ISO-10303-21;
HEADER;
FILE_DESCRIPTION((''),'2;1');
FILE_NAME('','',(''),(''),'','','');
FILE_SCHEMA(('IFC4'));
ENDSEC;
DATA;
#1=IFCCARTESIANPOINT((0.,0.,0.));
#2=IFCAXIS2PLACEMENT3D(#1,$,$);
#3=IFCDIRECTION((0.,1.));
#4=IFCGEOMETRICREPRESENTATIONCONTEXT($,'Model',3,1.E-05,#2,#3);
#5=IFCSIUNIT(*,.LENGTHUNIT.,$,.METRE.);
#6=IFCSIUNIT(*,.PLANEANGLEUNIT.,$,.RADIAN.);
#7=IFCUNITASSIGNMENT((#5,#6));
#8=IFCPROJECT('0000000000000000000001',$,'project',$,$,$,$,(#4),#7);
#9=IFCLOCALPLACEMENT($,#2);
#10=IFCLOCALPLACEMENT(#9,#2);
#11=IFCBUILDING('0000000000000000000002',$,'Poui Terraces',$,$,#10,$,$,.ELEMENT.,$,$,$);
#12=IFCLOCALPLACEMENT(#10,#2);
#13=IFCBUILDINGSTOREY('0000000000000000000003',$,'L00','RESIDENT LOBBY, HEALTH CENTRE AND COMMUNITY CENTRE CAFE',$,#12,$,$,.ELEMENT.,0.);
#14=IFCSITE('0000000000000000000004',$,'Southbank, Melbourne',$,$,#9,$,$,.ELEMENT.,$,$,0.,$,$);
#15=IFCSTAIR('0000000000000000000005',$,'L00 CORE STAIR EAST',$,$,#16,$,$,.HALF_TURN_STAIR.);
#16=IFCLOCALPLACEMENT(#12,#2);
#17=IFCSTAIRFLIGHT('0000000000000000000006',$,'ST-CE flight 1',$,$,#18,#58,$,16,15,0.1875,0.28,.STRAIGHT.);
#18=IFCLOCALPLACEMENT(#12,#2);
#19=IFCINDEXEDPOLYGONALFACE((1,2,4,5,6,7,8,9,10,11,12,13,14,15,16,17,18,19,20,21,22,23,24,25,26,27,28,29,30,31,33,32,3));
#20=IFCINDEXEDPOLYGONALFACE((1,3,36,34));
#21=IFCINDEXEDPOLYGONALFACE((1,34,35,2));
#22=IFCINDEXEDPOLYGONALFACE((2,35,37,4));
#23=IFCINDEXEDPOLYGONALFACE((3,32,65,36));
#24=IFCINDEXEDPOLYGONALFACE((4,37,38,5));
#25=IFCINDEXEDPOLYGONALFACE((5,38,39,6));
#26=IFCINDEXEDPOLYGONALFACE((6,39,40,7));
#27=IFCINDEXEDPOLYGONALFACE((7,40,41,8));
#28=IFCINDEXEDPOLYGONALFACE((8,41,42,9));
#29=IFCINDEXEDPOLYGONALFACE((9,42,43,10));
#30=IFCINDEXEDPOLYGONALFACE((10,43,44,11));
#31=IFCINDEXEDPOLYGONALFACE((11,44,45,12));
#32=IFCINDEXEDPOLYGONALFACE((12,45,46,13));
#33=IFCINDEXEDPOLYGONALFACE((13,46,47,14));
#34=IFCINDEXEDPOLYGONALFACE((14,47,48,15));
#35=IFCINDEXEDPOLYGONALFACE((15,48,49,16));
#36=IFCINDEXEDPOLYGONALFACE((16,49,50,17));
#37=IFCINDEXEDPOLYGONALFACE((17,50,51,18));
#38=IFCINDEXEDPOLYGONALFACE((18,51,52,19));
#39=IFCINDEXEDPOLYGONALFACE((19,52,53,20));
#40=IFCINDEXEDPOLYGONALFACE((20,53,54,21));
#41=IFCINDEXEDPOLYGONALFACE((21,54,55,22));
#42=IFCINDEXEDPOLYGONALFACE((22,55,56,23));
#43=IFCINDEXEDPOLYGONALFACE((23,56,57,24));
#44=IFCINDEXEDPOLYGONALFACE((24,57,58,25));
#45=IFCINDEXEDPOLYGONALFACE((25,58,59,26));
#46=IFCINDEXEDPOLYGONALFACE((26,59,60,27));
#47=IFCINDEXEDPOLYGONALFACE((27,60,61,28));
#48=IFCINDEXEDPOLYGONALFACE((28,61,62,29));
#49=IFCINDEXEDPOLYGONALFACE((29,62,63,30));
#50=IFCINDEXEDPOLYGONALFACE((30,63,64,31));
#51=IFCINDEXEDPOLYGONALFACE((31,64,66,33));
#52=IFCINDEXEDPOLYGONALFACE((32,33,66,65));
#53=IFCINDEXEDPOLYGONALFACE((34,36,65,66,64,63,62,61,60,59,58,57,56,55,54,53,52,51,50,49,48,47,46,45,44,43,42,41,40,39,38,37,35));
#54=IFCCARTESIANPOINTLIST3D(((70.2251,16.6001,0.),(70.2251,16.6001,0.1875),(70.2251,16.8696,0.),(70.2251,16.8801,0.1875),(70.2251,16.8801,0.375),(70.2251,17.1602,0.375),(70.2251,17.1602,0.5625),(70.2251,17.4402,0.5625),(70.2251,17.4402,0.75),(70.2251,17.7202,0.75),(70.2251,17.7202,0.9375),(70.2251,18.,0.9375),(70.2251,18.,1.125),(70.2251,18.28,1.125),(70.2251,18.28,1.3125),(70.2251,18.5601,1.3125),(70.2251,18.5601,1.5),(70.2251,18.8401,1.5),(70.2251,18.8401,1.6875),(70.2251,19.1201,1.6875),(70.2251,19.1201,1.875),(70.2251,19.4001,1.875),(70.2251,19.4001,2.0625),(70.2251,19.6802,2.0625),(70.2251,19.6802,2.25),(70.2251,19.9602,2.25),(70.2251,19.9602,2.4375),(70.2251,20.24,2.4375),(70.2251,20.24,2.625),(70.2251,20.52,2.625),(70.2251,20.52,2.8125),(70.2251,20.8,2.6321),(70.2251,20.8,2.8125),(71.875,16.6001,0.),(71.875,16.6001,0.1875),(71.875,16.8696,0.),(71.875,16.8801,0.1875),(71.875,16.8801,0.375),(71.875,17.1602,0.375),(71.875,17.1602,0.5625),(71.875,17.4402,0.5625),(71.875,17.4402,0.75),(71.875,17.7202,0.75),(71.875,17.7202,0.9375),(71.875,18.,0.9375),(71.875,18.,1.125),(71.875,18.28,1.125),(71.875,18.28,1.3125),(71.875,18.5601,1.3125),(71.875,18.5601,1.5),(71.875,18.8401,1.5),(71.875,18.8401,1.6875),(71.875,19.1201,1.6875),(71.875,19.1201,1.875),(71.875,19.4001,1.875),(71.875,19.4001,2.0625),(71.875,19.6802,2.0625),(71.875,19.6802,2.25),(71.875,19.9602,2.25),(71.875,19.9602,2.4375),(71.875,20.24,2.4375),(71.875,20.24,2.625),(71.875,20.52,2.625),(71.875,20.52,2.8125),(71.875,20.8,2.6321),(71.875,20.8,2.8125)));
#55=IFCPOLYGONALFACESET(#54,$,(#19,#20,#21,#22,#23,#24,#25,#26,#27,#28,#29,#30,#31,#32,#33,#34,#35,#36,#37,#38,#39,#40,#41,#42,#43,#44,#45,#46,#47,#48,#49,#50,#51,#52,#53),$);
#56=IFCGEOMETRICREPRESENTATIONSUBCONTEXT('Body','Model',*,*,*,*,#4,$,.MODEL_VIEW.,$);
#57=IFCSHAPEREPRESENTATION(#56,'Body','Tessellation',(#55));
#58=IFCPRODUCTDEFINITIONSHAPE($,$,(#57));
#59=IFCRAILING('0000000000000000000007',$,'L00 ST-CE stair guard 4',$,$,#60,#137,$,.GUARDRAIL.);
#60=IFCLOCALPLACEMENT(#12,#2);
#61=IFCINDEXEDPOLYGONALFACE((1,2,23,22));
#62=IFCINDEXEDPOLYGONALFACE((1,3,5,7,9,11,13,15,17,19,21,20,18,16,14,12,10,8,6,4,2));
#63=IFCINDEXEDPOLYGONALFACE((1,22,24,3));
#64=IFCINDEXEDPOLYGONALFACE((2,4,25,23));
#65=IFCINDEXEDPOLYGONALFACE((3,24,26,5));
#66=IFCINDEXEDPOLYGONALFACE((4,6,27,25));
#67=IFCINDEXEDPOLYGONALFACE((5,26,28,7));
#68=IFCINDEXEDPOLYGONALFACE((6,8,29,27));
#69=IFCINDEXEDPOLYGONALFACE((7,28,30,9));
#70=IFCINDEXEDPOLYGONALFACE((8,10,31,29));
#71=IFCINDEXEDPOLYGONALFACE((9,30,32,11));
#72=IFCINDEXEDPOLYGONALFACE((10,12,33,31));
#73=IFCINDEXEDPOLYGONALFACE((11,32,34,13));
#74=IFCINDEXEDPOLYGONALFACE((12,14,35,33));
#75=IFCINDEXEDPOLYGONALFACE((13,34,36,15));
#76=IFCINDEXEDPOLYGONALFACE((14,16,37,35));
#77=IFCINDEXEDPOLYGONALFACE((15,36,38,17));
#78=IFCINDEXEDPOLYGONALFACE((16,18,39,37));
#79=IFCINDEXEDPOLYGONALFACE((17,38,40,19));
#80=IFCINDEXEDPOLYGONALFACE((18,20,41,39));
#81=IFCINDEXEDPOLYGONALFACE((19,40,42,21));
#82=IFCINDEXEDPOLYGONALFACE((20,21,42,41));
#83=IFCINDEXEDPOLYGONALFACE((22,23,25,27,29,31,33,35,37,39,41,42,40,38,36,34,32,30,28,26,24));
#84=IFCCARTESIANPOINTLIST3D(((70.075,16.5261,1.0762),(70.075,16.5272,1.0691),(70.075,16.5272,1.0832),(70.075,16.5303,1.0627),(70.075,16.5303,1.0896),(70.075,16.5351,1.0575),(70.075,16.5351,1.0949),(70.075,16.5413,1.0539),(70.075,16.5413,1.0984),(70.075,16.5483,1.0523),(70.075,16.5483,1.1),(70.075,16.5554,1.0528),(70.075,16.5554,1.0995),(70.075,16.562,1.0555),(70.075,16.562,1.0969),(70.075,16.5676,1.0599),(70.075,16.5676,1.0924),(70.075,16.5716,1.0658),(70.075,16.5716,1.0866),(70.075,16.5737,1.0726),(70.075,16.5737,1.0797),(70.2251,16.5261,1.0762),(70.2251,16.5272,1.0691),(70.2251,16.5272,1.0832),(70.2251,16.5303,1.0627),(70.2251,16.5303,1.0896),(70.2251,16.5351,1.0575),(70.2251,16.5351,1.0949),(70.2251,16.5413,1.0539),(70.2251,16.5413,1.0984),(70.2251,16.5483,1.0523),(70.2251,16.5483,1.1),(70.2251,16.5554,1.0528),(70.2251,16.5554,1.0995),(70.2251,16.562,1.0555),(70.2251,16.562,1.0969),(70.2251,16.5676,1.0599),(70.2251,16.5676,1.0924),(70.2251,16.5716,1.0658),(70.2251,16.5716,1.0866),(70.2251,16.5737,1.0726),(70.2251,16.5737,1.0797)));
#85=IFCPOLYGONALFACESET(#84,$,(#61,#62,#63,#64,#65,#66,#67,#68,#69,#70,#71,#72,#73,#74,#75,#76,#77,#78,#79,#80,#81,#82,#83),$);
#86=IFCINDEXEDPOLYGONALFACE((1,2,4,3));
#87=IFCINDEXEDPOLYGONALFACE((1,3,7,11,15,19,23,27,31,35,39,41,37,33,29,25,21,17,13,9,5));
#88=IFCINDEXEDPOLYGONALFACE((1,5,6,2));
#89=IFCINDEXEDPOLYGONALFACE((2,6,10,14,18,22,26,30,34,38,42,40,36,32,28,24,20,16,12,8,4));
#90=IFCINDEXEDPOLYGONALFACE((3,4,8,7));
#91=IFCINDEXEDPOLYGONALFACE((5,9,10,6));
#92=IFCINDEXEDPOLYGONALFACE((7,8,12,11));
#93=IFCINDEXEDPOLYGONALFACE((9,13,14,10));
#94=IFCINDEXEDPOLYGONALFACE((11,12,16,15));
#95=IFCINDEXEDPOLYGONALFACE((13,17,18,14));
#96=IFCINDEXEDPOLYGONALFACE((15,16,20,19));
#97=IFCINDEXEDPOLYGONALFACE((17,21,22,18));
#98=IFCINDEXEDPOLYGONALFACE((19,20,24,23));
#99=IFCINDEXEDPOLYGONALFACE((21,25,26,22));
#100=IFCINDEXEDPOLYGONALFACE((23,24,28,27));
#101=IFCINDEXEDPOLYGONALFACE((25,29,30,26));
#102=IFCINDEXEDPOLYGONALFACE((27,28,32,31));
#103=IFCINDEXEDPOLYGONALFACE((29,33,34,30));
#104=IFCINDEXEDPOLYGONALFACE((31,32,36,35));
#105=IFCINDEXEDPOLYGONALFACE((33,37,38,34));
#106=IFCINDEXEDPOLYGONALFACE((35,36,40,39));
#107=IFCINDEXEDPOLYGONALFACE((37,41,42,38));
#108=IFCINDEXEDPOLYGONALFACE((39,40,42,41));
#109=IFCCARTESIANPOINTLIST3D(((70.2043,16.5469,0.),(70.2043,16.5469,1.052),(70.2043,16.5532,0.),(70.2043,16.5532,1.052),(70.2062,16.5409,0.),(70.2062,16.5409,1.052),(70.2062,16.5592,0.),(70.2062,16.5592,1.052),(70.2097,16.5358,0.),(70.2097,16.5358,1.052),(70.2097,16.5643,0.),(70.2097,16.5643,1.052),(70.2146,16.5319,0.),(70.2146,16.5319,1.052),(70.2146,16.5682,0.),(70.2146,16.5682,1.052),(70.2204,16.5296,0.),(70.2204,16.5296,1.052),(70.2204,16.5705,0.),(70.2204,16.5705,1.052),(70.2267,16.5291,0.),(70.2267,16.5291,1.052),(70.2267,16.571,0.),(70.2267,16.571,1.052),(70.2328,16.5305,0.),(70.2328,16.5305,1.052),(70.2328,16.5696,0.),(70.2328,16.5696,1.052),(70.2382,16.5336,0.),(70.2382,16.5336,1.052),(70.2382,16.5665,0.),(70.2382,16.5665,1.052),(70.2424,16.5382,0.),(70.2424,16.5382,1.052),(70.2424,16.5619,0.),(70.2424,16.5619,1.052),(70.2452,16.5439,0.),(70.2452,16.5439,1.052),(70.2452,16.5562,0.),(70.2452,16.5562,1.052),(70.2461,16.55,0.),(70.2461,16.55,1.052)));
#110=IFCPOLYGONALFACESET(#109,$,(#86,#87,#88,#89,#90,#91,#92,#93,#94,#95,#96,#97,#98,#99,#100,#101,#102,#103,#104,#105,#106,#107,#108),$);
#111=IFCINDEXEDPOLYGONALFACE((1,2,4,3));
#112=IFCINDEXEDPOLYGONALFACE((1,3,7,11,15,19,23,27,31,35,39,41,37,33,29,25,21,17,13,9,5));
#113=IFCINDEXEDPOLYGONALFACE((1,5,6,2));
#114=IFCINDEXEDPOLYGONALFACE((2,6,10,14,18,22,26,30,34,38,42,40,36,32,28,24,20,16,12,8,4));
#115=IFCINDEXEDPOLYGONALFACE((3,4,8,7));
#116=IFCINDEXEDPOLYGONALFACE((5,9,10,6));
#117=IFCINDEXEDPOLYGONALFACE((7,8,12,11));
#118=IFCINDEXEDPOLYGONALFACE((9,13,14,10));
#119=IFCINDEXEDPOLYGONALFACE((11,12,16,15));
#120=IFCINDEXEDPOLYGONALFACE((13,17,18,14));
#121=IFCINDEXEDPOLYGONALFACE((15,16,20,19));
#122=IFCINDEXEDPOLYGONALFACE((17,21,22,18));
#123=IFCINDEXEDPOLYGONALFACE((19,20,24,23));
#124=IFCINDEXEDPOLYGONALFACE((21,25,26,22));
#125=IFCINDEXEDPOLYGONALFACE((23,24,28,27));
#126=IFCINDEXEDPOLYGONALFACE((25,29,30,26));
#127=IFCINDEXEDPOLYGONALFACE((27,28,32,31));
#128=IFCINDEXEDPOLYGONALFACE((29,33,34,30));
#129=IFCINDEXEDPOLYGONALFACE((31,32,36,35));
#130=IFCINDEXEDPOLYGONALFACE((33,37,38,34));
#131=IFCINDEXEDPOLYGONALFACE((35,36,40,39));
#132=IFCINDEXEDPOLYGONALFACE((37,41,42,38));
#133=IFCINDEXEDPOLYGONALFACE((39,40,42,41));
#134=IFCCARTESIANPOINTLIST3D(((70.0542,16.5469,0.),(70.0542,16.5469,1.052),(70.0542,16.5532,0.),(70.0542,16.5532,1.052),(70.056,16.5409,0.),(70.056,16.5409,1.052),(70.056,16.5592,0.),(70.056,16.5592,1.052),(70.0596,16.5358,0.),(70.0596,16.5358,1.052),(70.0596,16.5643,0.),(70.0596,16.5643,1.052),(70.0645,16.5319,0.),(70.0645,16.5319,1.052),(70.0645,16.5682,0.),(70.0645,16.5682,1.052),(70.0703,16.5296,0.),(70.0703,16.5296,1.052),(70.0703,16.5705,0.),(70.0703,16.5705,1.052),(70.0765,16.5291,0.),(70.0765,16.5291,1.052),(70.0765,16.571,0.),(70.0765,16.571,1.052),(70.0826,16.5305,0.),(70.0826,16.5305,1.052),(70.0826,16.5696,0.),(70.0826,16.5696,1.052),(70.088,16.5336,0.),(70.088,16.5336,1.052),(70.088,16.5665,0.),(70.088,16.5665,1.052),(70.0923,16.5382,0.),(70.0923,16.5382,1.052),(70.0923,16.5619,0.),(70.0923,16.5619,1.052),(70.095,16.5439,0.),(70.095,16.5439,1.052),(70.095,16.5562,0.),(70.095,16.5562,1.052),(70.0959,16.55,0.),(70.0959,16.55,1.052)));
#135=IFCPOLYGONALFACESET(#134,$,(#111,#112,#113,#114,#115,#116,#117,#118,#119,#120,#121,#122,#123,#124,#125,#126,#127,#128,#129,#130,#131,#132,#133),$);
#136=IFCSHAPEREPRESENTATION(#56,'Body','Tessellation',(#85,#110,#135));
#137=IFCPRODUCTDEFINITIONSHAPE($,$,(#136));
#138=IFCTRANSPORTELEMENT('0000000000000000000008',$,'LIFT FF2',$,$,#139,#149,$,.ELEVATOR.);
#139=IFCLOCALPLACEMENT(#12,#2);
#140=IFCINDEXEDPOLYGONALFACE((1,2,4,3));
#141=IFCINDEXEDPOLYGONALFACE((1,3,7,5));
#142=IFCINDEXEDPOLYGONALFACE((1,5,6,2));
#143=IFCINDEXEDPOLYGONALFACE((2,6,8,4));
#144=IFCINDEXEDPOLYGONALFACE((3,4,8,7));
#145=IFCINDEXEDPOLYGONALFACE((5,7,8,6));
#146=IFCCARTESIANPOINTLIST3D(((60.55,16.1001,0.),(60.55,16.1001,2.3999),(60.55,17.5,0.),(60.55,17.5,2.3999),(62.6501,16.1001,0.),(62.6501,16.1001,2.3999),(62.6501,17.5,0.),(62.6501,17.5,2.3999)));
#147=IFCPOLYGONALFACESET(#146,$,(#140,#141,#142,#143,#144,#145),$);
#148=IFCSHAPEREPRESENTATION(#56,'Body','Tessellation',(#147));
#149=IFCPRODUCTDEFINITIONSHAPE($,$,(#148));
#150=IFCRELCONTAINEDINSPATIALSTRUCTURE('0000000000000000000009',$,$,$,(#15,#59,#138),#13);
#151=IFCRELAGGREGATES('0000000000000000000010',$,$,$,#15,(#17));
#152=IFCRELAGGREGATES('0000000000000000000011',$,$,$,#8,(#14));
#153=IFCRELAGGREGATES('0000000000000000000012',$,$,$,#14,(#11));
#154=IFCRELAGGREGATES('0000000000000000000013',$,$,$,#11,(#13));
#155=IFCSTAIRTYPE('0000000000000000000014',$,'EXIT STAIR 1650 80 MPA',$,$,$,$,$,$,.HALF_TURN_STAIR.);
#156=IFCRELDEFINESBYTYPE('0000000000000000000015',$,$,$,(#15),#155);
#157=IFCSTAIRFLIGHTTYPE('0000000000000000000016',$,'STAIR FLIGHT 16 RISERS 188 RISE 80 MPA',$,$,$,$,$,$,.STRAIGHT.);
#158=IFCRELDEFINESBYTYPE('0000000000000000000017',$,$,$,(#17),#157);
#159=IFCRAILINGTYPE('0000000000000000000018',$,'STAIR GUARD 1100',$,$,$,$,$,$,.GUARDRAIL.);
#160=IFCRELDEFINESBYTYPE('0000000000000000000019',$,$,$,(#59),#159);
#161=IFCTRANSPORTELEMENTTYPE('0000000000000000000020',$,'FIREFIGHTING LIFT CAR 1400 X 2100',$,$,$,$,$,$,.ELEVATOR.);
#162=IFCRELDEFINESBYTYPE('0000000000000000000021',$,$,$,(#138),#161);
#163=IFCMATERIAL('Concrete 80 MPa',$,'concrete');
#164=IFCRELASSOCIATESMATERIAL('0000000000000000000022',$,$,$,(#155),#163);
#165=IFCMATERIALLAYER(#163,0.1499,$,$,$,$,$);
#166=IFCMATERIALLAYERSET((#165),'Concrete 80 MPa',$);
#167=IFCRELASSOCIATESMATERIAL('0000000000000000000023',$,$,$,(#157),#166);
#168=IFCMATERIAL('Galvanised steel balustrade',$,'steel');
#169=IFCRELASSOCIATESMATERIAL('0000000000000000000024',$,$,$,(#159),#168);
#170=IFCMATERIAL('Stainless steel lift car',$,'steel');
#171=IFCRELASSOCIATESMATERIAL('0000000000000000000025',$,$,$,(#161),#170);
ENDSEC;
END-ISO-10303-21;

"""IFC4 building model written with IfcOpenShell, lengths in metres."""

from ifc_helpers import new_model, si_unit, direction, frame, origin, origin_2d, place, context, subcontext, project, spatial, polyline, rectangle, circle, outline, extrude, source, transform, mapped, material, layer, layer_set, type_object, element, aggregate, save


model = new_model("IFC4")

# Units and contexts
model_context = context("Model", 3, precision=1e-05, world=origin(), true_north=direction((0.0, 1.0)))
body_context = subcontext(model_context, "Body", "Model", "MODEL_VIEW")
ifc_project = project(units=[si_unit("LENGTHUNIT", "METRE"), si_unit("PLANEANGLEUNIT", "RADIAN")], contexts=[model_context])

# Site, building, storey
site_placement = place(None, origin())
site = spatial("IfcSite", under=ifc_project, at=site_placement, Name="Southbank, Melbourne", CompositionType="ELEMENT", RefElevation=0.0)
building_placement = place(site_placement, origin())
building = spatial("IfcBuilding", under=site, at=building_placement, Name="Poui Terraces", CompositionType="ELEMENT")
storey_placement = place(building_placement, origin())
storey = spatial("IfcBuildingStorey", under=building, at=storey_placement, Name="L00", Description="RESIDENT LOBBY, HEALTH CENTRE AND COMMUNITY CENTRE CAFE", CompositionType="ELEMENT", Elevation=0.0)

# Shared definitions
ifc_material_1 = material(Name="Concrete 80 MPa", Category="concrete")

# Stair, stair flight
stair_type = type_object("IfcStairType", Name="EXIT STAIR 1650 80 MPA", PredefinedType="HALF_TURN_STAIR", material=ifc_material_1)
stair_placement = place(storey_placement, origin())
stair = element("IfcStair", 1, at=stair_placement, inside=storey, type_object=stair_type, Name="L00 CORE STAIR EAST", PredefinedType="HALF_TURN_STAIR")
ifc_layer_1 = layer(ifc_material_1, 0.1499)
ifc_layer_set_1 = layer_set([ifc_layer_1], Name="Concrete 80 MPa")
stair_flight_type = type_object("IfcStairFlightType", Name="STAIR FLIGHT 16 RISERS 188 RISE 80 MPA", PredefinedType="STRAIGHT", material=ifc_layer_set_1)
stair_flight_placement = place(storey_placement, frame((71.05, 16.6001, 0.0), z_axis=(0.0, 0.0, 1.0), x_axis=(0.0, 1.0, 0.0)))
stair_flight = element("IfcStairFlight", 2, at=stair_flight_placement, type_object=stair_flight_type, Name="ST-CE flight 1", NumberOfRisers=16, NumberOfTreads=15, PredefinedType="STRAIGHT", RiserHeight=0.1875, TreadLength=0.28, context=body_context, shape_type="SweptSolid", body=[
    extrude(outline(polyline([(0.0, 0.0), (0.0, 0.1875), (0.28, 0.1875), (0.28, 0.375), (0.5601, 0.375), (0.5601, 0.5625), (0.8401, 0.5625), (0.8401, 0.75), (1.1201, 0.75), (1.1201, 0.9375), (1.3999, 0.9375), (1.3999, 1.125), (1.6799, 1.125), (1.6799, 1.3125), (1.96, 1.3125), (1.96, 1.5), (2.24, 1.5), (2.24, 1.6875), (2.52, 1.6875), (2.52, 1.875), (2.8, 1.875), (2.8, 2.0625), (3.0801, 2.0625), (3.0801, 2.25), (3.3601, 2.25), (3.3601, 2.4375), (3.6399, 2.4375), (3.6399, 2.625), (3.9199, 2.625), (3.9199, 2.8125), (4.2, 2.8125), (4.2, 3.0), (4.2, 2.6321), (0.2695, 0.0), (0.0, 0.0)])), frame((0.0, 0.825, 0.0), z_axis=(0.0, -1.0, 0.0), x_axis=(1.0, 0.0, 0.0)), (0.0, 0.0, 1.0), 1.6499),
])
aggregate(stair, [stair_flight])

# Railing
ifc_material_2 = material(Name="Galvanised steel balustrade", Category="steel")
railing_type_1 = type_object("IfcRailingType", Name="STAIR GUARD 1100", PredefinedType="GUARDRAIL", material=ifc_material_2)
railing_1_placement = place(storey_placement, frame((70.2251, 16.55, 0.0)))
element("IfcRailing", 3, at=railing_1_placement, inside=storey, type_object=railing_type_1, Name="L00 ST-CE stair guard 4", PredefinedType="GUARDRAIL", context=body_context, shape_type="SweptSolid", body=[
    extrude(circle(Radius=0.0239, at=origin_2d()), frame((0.0, 0.0, 1.0762), z_axis=(-1.0, 0.0, 0.0), x_axis=(0.0, -1.0, 0.0)), (0.0, 0.0, 1.0), 0.1501),
    extrude(circle(Radius=0.021, at=origin_2d()), origin(), (0.0, 0.0, 1.0), 1.052),
    extrude(circle(Radius=0.021, at=origin_2d()), frame((-0.1501, 0.0, 0.0)), (0.0, 0.0, 1.0), 1.052),
])

# Transport element
ifc_material_3 = material(Name="Stainless steel lift car", Category="steel")
transport_element_type = type_object("IfcTransportElementType", Name="FIREFIGHTING LIFT CAR 1400 X 2100", PredefinedType="ELEVATOR", material=ifc_material_3)
shared_shape_1 = source(origin(), body_context, "Body", "SweptSolid", [
    extrude(rectangle(XDim=2.1001, YDim=1.3999, at=origin_2d()), origin(), (0.0, 0.0, 1.0), 2.3999),
])
transport_element_placement = place(storey_placement, frame((61.6001, 16.8, 0.0), z_axis=(0.0, 0.0, 1.0), x_axis=(1.0, 0.0, 0.0)))
element("IfcTransportElement", 4, at=transport_element_placement, inside=storey, type_object=transport_element_type, Name="LIFT FF2", PredefinedType="ELEVATOR", context=body_context, shape_type="MappedRepresentation", body=[
    mapped(shared_shape_1, transform((0.0, 0.0, 0.0))),
])

save(model, "model.ifc")
